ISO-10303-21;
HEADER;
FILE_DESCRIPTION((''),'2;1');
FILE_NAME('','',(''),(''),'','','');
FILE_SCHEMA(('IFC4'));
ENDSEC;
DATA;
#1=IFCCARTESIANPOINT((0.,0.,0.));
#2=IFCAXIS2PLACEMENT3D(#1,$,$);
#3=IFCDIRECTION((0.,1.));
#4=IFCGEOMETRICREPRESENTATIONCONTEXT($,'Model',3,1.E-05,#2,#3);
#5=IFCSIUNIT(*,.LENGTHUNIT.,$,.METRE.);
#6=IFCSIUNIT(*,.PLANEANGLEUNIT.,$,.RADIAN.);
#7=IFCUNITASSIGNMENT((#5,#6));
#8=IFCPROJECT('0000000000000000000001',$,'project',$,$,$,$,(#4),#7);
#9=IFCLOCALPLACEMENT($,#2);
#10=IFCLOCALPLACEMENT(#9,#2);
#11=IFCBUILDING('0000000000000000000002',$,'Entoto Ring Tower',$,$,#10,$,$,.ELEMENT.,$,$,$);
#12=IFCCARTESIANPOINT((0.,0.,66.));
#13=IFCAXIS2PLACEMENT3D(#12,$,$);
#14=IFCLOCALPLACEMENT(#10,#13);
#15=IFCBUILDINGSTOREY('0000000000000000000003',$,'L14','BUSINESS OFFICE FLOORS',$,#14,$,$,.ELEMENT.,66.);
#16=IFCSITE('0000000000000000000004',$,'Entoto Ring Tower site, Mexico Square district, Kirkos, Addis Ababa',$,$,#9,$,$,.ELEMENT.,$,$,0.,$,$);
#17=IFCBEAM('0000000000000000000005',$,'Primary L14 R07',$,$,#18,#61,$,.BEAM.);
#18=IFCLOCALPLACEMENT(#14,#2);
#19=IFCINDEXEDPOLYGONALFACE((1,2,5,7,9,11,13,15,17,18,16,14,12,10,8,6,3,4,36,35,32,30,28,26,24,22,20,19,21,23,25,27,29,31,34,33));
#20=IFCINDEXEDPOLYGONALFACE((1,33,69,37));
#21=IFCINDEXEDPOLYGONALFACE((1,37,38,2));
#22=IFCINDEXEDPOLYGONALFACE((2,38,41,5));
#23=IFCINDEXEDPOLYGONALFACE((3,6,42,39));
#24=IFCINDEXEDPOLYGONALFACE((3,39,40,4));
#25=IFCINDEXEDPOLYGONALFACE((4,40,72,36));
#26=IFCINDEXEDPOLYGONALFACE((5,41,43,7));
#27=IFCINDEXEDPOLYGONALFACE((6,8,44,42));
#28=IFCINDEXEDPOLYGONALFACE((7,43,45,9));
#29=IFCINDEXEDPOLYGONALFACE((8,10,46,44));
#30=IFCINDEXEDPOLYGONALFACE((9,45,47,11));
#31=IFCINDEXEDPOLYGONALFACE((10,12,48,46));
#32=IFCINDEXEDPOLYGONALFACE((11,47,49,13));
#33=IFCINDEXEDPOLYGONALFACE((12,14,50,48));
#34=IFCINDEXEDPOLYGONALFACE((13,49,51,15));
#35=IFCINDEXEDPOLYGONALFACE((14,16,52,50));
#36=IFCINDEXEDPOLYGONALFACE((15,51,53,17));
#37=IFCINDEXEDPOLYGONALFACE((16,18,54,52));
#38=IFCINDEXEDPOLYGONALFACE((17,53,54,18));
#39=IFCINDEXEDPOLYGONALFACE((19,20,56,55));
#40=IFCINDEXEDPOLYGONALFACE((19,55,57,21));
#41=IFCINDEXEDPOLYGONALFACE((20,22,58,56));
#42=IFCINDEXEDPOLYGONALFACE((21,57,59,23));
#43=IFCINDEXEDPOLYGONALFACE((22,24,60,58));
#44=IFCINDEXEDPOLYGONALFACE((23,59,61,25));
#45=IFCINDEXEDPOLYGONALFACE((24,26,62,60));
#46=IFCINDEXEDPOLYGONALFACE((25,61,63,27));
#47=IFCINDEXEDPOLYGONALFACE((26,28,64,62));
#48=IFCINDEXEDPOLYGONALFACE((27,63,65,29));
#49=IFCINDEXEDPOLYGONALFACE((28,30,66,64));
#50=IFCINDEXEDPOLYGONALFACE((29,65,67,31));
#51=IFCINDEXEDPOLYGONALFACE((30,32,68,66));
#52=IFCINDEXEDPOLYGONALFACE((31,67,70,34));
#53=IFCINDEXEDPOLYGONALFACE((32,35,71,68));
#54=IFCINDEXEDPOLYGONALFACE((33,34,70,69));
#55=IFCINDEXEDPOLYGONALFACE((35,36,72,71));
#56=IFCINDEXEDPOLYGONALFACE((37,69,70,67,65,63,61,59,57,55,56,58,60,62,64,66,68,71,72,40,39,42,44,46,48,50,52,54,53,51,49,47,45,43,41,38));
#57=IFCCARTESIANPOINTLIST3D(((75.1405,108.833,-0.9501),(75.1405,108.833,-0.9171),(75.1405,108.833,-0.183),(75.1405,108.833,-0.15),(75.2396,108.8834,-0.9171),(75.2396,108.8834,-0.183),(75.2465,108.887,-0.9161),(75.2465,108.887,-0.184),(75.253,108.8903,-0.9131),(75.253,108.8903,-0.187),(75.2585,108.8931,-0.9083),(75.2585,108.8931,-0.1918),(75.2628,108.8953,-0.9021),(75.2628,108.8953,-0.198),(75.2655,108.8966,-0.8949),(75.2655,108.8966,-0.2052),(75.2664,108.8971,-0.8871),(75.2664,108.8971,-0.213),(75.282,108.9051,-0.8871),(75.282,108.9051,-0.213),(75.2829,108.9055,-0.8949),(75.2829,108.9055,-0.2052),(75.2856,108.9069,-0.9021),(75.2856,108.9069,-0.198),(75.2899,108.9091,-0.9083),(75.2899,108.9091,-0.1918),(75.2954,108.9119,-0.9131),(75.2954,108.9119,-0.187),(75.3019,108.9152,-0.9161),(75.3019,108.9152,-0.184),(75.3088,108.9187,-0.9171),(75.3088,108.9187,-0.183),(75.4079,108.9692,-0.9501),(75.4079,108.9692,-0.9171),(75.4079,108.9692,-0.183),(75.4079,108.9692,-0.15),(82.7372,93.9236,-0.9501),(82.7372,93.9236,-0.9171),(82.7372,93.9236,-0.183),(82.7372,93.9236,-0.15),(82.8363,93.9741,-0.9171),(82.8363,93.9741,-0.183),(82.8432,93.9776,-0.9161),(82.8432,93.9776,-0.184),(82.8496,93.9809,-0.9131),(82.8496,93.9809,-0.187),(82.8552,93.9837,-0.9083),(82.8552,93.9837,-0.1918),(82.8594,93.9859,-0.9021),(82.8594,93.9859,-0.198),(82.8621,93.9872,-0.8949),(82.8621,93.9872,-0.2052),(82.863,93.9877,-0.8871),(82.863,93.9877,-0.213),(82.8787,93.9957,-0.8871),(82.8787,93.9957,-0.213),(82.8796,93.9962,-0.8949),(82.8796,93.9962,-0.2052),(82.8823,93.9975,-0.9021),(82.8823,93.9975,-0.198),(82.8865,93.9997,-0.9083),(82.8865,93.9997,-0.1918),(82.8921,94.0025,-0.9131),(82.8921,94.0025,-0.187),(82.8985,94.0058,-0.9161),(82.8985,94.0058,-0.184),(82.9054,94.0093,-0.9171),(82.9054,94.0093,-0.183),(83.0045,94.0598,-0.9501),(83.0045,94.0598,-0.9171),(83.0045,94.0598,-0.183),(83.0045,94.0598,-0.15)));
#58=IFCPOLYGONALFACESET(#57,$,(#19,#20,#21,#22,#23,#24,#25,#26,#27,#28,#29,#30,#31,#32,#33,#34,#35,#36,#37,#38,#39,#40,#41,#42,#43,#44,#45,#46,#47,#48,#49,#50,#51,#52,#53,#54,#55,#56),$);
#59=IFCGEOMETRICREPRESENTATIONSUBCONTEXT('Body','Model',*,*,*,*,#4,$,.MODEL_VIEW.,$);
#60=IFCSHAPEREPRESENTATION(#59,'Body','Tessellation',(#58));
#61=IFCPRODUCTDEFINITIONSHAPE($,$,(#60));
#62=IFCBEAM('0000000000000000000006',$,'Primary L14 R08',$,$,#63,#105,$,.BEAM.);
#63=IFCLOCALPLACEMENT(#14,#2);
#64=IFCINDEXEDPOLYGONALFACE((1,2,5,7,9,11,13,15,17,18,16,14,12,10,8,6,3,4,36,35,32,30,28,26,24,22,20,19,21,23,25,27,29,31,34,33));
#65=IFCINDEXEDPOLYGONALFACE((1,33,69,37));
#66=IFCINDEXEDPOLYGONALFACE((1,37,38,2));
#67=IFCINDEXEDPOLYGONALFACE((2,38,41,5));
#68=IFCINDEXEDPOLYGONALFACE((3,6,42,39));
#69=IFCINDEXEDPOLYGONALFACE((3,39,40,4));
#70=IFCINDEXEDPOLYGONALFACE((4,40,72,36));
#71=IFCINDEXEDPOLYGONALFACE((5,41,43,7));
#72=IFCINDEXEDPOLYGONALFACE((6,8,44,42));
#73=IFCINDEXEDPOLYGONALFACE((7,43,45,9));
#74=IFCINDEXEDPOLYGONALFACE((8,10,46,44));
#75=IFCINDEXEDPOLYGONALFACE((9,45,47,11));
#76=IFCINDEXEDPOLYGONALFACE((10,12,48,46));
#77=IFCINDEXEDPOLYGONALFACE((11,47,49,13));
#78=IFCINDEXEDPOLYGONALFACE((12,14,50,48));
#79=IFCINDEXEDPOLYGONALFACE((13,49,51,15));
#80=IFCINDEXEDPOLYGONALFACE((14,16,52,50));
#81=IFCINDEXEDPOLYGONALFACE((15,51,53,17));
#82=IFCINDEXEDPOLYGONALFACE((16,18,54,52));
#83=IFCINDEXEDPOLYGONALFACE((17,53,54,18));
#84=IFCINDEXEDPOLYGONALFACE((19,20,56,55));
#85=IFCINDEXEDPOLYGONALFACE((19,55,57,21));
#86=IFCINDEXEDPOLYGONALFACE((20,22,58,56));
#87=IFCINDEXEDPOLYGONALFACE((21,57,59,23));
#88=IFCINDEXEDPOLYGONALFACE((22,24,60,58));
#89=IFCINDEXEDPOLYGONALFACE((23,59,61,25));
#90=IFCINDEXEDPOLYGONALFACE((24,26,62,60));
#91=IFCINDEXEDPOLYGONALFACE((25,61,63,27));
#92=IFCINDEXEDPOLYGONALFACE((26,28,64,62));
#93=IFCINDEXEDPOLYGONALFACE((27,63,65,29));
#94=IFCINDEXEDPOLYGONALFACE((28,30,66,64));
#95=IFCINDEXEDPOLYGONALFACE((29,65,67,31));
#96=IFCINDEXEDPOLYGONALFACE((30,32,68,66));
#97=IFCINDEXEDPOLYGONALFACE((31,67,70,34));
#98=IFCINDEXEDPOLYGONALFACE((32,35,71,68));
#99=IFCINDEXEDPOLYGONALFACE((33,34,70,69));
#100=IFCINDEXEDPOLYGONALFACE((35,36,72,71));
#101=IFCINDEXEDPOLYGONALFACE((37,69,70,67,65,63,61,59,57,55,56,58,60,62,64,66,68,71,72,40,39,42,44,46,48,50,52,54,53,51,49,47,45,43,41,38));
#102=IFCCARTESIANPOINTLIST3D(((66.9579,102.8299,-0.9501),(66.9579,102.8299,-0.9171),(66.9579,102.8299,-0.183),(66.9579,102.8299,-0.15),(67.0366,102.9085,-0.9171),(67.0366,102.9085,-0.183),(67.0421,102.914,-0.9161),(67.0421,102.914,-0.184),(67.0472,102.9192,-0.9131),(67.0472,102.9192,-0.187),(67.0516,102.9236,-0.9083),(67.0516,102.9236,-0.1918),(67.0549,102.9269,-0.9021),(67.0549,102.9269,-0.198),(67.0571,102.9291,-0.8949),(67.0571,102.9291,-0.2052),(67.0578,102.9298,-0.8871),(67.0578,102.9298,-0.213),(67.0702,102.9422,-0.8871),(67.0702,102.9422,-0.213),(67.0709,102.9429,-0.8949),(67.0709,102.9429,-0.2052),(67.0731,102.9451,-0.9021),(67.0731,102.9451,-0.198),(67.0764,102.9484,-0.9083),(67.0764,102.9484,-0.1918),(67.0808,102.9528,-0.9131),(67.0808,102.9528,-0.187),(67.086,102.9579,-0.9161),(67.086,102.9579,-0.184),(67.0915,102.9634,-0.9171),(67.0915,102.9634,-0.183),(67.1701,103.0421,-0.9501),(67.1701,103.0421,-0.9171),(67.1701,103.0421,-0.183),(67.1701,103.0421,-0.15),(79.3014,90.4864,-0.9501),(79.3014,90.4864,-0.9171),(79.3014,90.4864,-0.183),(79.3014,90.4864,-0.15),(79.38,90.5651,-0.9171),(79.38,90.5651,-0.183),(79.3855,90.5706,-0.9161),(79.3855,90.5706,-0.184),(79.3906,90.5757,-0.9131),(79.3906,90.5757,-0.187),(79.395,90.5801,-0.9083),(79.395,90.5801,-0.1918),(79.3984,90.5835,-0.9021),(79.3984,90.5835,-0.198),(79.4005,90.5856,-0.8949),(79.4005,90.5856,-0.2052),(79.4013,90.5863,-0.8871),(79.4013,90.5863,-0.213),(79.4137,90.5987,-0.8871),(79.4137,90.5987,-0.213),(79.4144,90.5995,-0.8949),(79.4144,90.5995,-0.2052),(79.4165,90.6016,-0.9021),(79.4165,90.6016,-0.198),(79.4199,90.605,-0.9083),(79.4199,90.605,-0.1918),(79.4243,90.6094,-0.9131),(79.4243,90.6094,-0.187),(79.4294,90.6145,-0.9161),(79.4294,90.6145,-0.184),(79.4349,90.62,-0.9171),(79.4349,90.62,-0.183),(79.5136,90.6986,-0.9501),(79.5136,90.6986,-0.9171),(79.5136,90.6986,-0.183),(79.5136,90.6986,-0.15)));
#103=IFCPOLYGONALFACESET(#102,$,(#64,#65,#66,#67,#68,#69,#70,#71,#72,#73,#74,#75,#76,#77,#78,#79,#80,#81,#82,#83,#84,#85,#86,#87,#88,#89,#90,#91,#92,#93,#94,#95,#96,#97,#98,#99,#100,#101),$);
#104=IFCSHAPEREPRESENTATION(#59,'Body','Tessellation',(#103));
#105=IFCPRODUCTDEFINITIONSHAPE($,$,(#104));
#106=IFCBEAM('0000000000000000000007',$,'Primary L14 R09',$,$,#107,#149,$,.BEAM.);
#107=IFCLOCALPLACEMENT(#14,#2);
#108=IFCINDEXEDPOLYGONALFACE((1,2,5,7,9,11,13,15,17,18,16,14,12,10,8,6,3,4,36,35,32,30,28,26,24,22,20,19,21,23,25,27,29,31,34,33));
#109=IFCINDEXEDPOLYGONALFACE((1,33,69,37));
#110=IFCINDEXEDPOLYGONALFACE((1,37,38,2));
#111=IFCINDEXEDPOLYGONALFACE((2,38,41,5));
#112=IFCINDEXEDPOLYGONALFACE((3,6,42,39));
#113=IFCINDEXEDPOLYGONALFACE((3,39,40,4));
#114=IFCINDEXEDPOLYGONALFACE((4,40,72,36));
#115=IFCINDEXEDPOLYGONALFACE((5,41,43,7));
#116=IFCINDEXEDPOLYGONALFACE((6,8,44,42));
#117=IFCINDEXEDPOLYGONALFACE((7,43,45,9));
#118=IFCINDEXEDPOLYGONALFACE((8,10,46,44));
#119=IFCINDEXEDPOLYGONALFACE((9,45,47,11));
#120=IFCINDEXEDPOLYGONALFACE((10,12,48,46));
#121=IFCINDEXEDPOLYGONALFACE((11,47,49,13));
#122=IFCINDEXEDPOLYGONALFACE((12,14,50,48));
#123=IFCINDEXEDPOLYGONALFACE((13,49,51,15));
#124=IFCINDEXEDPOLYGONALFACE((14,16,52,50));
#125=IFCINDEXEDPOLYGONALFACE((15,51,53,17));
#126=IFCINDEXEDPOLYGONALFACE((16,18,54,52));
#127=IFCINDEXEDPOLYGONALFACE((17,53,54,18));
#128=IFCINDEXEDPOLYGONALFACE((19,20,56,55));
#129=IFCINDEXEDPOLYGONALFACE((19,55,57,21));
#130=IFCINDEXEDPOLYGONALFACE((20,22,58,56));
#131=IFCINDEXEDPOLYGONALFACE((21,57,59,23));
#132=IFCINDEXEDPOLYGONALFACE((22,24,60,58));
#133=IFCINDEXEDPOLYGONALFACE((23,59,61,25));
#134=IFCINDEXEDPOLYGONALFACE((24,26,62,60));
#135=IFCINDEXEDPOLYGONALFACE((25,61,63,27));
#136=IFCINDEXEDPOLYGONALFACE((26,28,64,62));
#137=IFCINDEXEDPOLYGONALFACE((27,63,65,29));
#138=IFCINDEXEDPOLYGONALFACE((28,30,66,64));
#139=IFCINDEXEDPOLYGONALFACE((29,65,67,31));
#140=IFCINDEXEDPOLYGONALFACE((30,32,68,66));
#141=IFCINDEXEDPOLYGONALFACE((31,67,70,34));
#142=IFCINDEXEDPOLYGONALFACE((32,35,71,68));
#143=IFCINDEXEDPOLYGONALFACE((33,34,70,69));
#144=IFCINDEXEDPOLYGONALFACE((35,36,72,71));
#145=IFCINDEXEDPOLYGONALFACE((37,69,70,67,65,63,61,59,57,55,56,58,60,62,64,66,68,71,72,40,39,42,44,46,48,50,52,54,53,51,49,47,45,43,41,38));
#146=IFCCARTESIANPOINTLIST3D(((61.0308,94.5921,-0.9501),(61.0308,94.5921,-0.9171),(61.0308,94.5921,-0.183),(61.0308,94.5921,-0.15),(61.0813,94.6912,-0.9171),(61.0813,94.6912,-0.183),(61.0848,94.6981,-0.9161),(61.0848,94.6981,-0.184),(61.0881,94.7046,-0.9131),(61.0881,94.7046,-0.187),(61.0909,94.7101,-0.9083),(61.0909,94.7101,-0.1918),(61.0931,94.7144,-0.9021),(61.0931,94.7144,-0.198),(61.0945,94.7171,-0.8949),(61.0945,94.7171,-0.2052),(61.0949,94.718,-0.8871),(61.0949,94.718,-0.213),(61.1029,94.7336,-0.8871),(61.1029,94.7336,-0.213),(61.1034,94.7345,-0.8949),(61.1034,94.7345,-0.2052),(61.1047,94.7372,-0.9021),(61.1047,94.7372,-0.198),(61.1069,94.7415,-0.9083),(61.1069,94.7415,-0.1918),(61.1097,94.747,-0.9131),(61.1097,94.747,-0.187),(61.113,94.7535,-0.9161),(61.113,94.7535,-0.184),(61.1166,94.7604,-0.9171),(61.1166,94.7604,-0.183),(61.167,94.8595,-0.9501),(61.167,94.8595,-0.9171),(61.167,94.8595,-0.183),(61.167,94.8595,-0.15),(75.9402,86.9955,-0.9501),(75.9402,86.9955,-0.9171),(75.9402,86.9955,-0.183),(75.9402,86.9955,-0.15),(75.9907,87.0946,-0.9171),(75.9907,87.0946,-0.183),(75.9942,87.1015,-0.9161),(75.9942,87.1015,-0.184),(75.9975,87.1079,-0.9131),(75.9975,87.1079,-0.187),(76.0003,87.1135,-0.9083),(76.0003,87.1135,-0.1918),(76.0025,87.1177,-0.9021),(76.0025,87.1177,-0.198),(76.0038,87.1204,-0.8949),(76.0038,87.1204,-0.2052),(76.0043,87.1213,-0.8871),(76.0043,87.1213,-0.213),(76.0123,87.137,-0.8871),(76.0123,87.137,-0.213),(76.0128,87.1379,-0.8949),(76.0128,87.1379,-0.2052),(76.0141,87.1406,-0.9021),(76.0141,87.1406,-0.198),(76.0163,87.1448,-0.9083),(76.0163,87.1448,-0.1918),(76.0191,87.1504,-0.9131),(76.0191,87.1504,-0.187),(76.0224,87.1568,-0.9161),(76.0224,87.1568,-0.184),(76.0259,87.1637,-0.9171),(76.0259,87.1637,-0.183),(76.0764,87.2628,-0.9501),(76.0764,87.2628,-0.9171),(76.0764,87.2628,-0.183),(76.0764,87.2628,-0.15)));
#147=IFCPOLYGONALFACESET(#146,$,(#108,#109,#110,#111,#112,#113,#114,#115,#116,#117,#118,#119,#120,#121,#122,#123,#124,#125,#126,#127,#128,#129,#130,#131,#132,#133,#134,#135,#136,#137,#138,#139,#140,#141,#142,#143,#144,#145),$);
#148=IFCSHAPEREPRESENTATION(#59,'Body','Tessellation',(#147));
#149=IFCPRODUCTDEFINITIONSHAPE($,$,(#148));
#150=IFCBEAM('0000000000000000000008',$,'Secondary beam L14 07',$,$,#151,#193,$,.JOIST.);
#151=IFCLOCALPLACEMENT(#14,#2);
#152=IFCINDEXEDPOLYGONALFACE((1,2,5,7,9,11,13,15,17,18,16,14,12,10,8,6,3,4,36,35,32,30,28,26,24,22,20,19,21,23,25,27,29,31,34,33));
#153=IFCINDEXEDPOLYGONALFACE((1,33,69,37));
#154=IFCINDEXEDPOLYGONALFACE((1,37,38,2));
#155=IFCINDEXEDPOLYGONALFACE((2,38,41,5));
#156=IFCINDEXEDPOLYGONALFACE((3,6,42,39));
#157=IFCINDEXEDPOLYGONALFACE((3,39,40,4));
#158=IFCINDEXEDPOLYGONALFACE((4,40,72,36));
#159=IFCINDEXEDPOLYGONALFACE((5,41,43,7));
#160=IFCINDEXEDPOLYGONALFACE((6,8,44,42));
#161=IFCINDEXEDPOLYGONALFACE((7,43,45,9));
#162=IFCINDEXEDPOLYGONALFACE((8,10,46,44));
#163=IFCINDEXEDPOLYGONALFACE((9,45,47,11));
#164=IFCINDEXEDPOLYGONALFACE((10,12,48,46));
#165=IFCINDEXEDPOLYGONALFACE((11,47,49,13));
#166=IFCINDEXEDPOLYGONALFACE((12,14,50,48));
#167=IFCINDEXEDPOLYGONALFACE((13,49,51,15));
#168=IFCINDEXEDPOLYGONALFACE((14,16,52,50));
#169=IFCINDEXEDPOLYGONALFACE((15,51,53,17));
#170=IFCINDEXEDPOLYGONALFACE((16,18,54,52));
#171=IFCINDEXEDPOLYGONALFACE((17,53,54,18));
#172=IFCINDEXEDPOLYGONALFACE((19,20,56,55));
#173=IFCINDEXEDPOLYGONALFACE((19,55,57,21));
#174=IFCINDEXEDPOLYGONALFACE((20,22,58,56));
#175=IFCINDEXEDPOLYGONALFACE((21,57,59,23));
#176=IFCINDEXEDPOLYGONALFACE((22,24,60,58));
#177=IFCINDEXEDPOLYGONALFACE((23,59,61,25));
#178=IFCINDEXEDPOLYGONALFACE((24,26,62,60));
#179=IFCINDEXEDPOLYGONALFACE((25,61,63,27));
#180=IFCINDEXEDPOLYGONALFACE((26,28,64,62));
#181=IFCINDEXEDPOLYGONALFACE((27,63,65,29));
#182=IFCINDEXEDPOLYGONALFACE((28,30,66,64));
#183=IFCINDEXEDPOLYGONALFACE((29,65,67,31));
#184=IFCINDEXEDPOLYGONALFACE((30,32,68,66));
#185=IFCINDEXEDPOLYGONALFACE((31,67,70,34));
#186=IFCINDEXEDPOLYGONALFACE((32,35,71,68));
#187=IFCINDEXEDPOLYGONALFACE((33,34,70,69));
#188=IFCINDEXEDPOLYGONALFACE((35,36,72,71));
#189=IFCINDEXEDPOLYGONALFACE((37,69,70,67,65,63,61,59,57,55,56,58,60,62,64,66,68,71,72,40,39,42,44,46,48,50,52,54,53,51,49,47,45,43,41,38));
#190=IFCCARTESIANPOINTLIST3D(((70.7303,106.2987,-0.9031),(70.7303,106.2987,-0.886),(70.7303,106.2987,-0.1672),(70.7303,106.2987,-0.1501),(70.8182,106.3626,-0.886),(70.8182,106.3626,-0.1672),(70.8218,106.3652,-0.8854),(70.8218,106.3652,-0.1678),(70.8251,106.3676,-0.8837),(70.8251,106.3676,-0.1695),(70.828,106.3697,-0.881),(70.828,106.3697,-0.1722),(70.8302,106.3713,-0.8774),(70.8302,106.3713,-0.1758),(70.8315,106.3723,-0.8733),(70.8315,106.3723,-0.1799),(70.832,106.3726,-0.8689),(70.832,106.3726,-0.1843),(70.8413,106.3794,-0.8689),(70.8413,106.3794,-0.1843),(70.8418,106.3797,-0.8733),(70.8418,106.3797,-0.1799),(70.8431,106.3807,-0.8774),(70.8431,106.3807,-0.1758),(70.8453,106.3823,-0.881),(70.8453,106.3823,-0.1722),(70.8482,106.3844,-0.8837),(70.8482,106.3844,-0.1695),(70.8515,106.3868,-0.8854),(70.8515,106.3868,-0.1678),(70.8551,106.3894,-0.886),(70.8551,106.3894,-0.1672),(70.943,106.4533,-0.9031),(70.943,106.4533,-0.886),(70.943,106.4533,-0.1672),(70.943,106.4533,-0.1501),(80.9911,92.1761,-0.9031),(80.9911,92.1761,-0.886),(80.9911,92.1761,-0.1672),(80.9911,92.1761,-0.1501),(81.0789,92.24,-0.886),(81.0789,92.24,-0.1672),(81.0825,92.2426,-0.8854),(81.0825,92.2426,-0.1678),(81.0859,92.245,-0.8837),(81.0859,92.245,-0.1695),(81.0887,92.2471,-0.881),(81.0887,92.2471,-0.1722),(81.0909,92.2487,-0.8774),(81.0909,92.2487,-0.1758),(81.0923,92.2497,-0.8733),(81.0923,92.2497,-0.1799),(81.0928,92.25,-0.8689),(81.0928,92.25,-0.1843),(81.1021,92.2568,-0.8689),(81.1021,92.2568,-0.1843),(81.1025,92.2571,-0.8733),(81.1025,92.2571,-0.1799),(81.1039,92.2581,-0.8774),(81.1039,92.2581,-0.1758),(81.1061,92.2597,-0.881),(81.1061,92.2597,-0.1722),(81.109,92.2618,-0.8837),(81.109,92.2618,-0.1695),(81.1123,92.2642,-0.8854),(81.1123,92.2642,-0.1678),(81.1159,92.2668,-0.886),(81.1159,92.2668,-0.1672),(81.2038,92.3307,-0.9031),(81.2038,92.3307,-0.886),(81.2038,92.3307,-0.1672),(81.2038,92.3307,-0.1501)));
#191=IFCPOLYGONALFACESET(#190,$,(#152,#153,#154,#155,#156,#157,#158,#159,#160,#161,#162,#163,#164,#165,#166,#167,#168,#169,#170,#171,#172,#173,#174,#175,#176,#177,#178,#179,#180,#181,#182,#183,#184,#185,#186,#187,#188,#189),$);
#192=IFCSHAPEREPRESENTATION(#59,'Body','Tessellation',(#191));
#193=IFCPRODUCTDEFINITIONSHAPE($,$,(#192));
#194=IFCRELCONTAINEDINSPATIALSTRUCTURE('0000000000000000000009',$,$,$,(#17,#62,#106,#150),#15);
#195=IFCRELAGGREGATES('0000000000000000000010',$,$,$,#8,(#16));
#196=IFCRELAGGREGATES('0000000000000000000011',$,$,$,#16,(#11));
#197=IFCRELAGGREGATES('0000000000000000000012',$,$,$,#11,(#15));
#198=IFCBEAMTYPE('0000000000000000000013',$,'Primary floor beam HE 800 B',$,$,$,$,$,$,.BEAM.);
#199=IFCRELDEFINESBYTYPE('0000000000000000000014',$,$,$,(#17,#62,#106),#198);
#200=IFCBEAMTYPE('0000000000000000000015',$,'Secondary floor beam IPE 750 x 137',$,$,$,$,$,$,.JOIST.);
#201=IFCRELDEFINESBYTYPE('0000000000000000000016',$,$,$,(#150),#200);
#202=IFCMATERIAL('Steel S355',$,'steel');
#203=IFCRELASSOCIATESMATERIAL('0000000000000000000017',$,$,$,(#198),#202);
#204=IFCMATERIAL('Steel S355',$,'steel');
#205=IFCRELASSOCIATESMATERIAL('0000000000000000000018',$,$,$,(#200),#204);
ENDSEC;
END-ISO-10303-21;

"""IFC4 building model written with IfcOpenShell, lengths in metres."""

from ifc_helpers import new_model, si_unit, direction, frame, origin, origin_2d, place, context, subcontext, project, spatial, i_section, extrude, material, material_profile, profile_set, type_object, element, save


model = new_model("IFC4")

# Units and contexts
model_context = context("Model", 3, precision=1e-05, world=origin(), true_north=direction((0.0, 1.0)))
body_context = subcontext(model_context, "Body", "Model", "MODEL_VIEW")
ifc_project = project(units=[si_unit("LENGTHUNIT", "METRE"), si_unit("PLANEANGLEUNIT", "RADIAN")], contexts=[model_context])

# Site, building, storey
site_placement = place(None, origin())
site = spatial("IfcSite", under=ifc_project, at=site_placement, Name="Entoto Ring Tower site, Mexico Square district, Kirkos, Addis Ababa", CompositionType="ELEMENT", RefElevation=0.0)
building_placement = place(site_placement, origin())
building = spatial("IfcBuilding", under=site, at=building_placement, Name="Entoto Ring Tower", CompositionType="ELEMENT")
storey_placement = place(building_placement, frame((0.0, 0.0, 66.0)))
storey = spatial("IfcBuildingStorey", under=building, at=storey_placement, Name="L14", Description="BUSINESS OFFICE FLOORS", CompositionType="ELEMENT", Elevation=66.0)

# Beams
ifc_material_1 = material(Name="Steel S355", Category="steel")
ifc_material_profile_1 = material_profile(ifc_material_1, i_section(OverallWidth=0.3, OverallDepth=0.8, WebThickness=0.0176, FlangeThickness=0.033, FilletRadius=0.03, at=origin_2d()), Name="HE 800 B")
ifc_profile_set_1 = profile_set([ifc_material_profile_1], Name="Steel S355")
beam_type_1 = type_object("IfcBeamType", Name="Primary floor beam HE 800 B", PredefinedType="BEAM", material=ifc_profile_set_1)
beam_1_placement = place(storey_placement, frame((82.8708, 93.9917, -0.55), z_axis=(-0.453988, 0.891008, 0.0), x_axis=(-0.891008, -0.453988, 0.0)))
element("IfcBeam", 1, at=beam_1_placement, inside=storey, type_object=beam_type_1, Name="Primary L14 R07", PredefinedType="BEAM", context=body_context, shape_type="SweptSolid", body=[
    extrude(i_section(OverallWidth=0.3, OverallDepth=0.8, WebThickness=0.0176, FlangeThickness=0.033, FilletRadius=0.03, at=origin_2d()), origin(), (0.0, 0.0, 1.0), 16.7332),
])
beam_2_placement = place(storey_placement, frame((79.4075, 90.5925, -0.55), z_axis=(-0.707107, 0.707107, 0.0), x_axis=(-0.707107, -0.707107, 0.0)))
element("IfcBeam", 2, at=beam_2_placement, inside=storey, type_object=beam_type_1, Name="Primary L14 R08", PredefinedType="BEAM", context=body_context, shape_type="SweptSolid", body=[
    extrude(i_section(OverallWidth=0.3, OverallDepth=0.8, WebThickness=0.0176, FlangeThickness=0.033, FilletRadius=0.03, at=origin_2d()), origin(), (0.0, 0.0, 1.0), 17.4563),
])
beam_3_placement = place(storey_placement, frame((76.0083, 87.1292, -0.55), z_axis=(-0.891008, 0.453988, 0.0), x_axis=(-0.453988, -0.891008, 0.0)))
element("IfcBeam", 3, at=beam_3_placement, inside=storey, type_object=beam_type_1, Name="Primary L14 R09", PredefinedType="BEAM", context=body_context, shape_type="SweptSolid", body=[
    extrude(i_section(OverallWidth=0.3, OverallDepth=0.8, WebThickness=0.0176, FlangeThickness=0.033, FilletRadius=0.03, at=origin_2d()), origin(), (0.0, 0.0, 1.0), 16.7332),
])
ifc_material_2 = material(Name="Steel S355", Category="steel")
ifc_material_profile_2 = material_profile(ifc_material_2, i_section(OverallWidth=0.2629, OverallDepth=0.7529, WebThickness=0.0115, FlangeThickness=0.0171, FilletRadius=0.0171, at=origin_2d()), Name="IPE 750 x 137")
ifc_profile_set_2 = profile_set([ifc_material_profile_2], Name="Steel S355")
beam_type_2 = type_object("IfcBeamType", Name="Secondary floor beam IPE 750 x 137", PredefinedType="JOIST", material=ifc_profile_set_2)
for number, where, z_axis, x_axis, name in (
    (4, (81.0974, 92.2534, -0.5266), (-0.587789, 0.809014, 0.0), (-0.809014, -0.587789, 0.0), "Secondary beam L14 07"),
):
    element("IfcBeam", number, at=place(storey_placement, frame(where, z_axis=z_axis, x_axis=x_axis)), inside=storey, type_object=beam_type_2, Name=name, PredefinedType="JOIST", context=body_context, shape_type="SweptSolid", body=[
        extrude(i_section(OverallWidth=0.2629, OverallDepth=0.7529, WebThickness=0.0115, FlangeThickness=0.0171, FilletRadius=0.0171, at=origin_2d()), origin(), (0.0, 0.0, 1.0), 17.4565),
    ])

save(model, "model.ifc")
